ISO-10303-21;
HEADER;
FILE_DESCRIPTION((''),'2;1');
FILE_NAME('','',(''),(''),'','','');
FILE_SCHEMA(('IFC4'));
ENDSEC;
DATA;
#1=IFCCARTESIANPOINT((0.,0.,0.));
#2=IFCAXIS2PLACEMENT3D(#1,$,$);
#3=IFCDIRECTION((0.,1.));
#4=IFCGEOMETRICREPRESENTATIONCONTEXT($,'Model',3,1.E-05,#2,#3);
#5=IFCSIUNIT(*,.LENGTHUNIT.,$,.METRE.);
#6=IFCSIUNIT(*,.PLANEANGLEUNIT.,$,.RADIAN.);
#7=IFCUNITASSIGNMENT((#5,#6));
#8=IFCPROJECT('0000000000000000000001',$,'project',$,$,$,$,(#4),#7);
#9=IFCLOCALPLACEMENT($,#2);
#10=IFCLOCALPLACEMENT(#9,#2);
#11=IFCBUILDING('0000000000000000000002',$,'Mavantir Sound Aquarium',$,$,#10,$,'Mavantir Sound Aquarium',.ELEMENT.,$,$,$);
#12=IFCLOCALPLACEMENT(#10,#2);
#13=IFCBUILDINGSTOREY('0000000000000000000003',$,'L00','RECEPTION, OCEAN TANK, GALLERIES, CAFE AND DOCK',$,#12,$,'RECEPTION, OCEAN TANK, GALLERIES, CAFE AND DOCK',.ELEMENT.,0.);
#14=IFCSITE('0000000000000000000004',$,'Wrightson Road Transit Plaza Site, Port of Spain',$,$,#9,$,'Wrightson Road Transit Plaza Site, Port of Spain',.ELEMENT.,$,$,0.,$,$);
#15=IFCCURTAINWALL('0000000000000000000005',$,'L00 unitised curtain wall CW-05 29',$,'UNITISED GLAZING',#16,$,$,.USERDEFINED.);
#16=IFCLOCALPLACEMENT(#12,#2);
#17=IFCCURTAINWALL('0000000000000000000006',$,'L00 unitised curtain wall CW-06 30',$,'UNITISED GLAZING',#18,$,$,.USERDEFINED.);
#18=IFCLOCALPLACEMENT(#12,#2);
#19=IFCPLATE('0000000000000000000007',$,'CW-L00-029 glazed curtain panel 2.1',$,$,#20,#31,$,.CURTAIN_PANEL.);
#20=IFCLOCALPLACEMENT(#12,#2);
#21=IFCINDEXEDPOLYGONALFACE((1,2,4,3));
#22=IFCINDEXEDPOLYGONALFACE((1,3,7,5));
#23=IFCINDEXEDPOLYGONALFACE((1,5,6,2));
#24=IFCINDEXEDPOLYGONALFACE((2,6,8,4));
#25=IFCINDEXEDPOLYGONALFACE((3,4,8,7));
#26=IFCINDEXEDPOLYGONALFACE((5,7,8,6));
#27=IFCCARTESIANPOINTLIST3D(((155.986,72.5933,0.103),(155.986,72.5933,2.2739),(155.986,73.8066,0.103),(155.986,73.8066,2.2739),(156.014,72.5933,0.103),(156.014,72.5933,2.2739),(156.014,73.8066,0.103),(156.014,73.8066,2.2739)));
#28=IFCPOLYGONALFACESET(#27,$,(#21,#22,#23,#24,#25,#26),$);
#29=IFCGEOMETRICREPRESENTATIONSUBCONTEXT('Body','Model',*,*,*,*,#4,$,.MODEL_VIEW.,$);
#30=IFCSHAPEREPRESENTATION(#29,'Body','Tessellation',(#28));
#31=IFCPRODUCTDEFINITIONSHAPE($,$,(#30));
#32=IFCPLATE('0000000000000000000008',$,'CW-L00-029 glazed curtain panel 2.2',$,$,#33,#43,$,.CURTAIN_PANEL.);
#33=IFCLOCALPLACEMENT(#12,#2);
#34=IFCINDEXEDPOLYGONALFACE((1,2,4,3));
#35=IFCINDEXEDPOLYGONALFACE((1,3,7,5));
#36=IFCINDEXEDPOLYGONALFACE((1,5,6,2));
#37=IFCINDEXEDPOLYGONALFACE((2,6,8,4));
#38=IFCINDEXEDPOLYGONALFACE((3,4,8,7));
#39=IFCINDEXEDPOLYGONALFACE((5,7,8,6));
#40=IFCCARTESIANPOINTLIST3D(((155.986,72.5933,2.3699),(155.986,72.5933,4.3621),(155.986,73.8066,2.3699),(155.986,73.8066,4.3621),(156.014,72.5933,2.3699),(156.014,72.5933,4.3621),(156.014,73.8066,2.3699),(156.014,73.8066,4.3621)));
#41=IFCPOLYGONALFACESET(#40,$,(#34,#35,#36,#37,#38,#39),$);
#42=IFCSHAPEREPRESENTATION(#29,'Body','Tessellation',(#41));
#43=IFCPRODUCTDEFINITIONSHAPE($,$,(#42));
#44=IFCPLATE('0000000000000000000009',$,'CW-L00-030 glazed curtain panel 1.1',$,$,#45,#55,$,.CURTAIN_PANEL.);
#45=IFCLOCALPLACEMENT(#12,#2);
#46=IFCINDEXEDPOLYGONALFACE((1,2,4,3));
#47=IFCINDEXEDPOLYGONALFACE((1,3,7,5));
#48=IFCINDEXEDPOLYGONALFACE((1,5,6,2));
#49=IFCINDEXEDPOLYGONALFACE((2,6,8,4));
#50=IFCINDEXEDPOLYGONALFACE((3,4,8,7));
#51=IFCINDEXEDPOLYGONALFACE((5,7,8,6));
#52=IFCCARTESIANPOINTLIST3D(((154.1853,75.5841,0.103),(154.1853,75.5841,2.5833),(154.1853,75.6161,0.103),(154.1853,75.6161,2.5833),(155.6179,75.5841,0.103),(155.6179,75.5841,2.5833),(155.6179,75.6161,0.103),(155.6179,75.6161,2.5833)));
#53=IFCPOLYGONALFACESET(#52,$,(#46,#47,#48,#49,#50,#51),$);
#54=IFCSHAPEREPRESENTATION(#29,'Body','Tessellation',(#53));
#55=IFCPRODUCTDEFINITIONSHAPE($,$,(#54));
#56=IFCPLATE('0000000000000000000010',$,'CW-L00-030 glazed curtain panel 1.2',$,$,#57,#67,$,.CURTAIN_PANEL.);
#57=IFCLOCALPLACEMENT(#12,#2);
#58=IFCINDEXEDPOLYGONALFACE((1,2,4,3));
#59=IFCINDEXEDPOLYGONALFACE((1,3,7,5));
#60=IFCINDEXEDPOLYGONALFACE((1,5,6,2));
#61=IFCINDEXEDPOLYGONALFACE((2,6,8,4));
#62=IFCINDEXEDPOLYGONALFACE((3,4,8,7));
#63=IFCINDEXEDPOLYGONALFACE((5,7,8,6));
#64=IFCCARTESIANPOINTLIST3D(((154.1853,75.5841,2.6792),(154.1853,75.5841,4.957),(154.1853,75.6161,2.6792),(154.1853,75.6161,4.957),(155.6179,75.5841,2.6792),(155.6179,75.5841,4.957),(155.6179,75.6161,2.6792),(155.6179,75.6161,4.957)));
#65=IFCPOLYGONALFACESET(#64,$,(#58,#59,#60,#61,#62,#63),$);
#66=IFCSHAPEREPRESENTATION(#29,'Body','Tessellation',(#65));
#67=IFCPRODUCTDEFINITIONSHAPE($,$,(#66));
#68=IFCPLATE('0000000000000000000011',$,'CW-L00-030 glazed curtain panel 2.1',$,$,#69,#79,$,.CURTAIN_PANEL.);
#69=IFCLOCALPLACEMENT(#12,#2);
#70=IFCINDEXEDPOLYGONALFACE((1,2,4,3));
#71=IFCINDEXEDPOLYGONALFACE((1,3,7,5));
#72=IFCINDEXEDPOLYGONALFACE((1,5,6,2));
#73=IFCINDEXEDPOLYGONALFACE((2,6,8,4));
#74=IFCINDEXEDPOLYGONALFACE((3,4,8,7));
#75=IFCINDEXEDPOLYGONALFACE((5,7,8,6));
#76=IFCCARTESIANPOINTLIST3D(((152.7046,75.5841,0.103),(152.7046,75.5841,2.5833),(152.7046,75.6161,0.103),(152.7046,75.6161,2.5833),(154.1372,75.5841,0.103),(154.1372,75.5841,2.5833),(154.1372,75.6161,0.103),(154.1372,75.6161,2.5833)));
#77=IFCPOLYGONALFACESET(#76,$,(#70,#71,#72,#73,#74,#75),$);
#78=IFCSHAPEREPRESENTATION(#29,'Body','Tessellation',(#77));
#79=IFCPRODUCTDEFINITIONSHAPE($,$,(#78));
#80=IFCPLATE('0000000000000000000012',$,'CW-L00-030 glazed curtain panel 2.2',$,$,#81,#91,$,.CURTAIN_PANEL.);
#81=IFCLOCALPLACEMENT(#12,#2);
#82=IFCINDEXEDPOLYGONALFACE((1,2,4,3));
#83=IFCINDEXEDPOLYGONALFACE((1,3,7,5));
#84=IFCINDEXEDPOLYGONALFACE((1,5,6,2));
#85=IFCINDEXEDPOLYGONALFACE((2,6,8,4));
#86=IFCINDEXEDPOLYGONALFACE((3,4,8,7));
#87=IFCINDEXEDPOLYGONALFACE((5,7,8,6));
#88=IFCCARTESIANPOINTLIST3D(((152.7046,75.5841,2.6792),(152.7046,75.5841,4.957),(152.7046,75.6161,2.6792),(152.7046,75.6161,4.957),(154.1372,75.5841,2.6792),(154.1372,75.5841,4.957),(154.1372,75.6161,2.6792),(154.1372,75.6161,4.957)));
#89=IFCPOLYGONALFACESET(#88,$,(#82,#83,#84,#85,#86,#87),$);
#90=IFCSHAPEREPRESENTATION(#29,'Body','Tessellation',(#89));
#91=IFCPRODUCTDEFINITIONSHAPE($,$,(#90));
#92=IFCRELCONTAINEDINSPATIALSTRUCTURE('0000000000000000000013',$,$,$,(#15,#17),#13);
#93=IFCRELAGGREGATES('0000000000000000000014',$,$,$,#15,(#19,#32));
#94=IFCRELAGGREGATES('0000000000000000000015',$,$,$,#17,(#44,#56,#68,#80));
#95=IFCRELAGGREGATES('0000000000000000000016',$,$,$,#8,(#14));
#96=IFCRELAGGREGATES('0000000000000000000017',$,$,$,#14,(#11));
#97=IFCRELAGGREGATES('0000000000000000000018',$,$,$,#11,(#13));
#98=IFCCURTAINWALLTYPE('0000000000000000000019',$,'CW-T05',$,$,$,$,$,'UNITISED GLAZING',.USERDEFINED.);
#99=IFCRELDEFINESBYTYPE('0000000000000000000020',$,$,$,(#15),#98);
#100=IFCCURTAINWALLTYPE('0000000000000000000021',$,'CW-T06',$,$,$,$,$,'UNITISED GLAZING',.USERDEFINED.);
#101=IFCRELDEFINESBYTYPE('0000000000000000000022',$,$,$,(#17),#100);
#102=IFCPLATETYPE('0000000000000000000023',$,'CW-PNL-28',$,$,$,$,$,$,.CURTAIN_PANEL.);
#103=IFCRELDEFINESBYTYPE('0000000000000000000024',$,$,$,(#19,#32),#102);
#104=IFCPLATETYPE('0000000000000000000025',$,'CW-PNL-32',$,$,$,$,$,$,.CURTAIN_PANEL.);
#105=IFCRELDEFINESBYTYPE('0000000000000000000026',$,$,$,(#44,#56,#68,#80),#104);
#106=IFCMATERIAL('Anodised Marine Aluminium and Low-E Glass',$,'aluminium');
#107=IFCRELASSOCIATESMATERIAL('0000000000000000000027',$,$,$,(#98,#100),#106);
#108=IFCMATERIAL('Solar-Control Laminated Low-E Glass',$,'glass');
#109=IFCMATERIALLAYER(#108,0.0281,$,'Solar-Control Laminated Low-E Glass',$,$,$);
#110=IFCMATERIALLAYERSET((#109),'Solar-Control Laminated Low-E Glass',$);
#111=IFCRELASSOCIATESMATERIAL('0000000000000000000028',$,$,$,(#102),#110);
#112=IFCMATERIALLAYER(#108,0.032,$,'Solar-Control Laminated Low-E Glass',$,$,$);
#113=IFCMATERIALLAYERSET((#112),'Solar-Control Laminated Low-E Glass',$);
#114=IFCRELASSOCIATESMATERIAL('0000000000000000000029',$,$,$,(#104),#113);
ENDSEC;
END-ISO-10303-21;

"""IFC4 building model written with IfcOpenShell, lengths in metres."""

from ifc_helpers import new_model, si_unit, direction, frame, origin, origin_2d, place, context, subcontext, project, spatial, rectangle, extrude, material, layer, layer_set, type_object, element, aggregate, save


model = new_model("IFC4")

# Units and contexts
model_context = context("Model", 3, precision=1e-05, world=origin(), true_north=direction((0.0, 1.0)))
body_context = subcontext(model_context, "Body", "Model", "MODEL_VIEW")
ifc_project = project(units=[si_unit("LENGTHUNIT", "METRE"), si_unit("PLANEANGLEUNIT", "RADIAN")], contexts=[model_context])

# Site, building, storey
site_placement = place(None, origin())
site = spatial("IfcSite", under=ifc_project, at=site_placement, Name="Wrightson Road Transit Plaza Site, Port of Spain", LongName="Wrightson Road Transit Plaza Site, Port of Spain", CompositionType="ELEMENT", RefElevation=0.0)
building_placement = place(site_placement, origin())
building = spatial("IfcBuilding", under=site, at=building_placement, Name="Mavantir Sound Aquarium", LongName="Mavantir Sound Aquarium", CompositionType="ELEMENT")
storey_placement = place(building_placement, origin())
storey = spatial("IfcBuildingStorey", under=building, at=storey_placement, Name="L00", Description="RECEPTION, OCEAN TANK, GALLERIES, CAFE AND DOCK", LongName="RECEPTION, OCEAN TANK, GALLERIES, CAFE AND DOCK", CompositionType="ELEMENT", Elevation=0.0)

# Curtain walls
ifc_material_1 = material(Name="Anodised Marine Aluminium and Low-E Glass", Category="aluminium")
curtain_wall_type_1 = type_object("IfcCurtainWallType", Name="CW-T05", ElementType="UNITISED GLAZING", PredefinedType="USERDEFINED", material=ifc_material_1)
curtain_wall_1_placement = place(storey_placement, origin())
curtain_wall_1 = element("IfcCurtainWall", 1, at=curtain_wall_1_placement, inside=storey, type_object=curtain_wall_type_1, Name="L00 unitised curtain wall CW-05 29", ObjectType="UNITISED GLAZING", PredefinedType="USERDEFINED")
curtain_wall_type_2 = type_object("IfcCurtainWallType", Name="CW-T06", ElementType="UNITISED GLAZING", PredefinedType="USERDEFINED", material=ifc_material_1)
curtain_wall_2_placement = place(storey_placement, origin())
curtain_wall_2 = element("IfcCurtainWall", 2, at=curtain_wall_2_placement, inside=storey, type_object=curtain_wall_type_2, Name="L00 unitised curtain wall CW-06 30", ObjectType="UNITISED GLAZING", PredefinedType="USERDEFINED")

# Plates
ifc_material_2 = material(Name="Solar-Control Laminated Low-E Glass", Category="glass")
ifc_layer_1 = layer(ifc_material_2, 0.0281, Name="Solar-Control Laminated Low-E Glass")
ifc_layer_set_1 = layer_set([ifc_layer_1], Name="Solar-Control Laminated Low-E Glass")
plate_type_1 = type_object("IfcPlateType", Name="CW-PNL-28", PredefinedType="CURTAIN_PANEL", material=ifc_layer_set_1)
plate_1_placement = place(storey_placement, frame((156.0, 73.2, 0.103), z_axis=(0.0, 0.0, 1.0), x_axis=(0.0, 1.0, 0.0)))
plate_1 = element("IfcPlate", 3, at=plate_1_placement, type_object=plate_type_1, Name="CW-L00-029 glazed curtain panel 2.1", PredefinedType="CURTAIN_PANEL", context=body_context, shape_type="SweptSolid", body=[
    extrude(rectangle(XDim=1.2134, YDim=0.0281, at=origin_2d()), origin(), (0.0, 0.0, 1.0), 2.1709),
])
plate_2_placement = place(storey_placement, frame((156.0, 73.2, 2.3699), z_axis=(0.0, 0.0, 1.0), x_axis=(0.0, 1.0, 0.0)))
plate_2 = element("IfcPlate", 4, at=plate_2_placement, type_object=plate_type_1, Name="CW-L00-029 glazed curtain panel 2.2", PredefinedType="CURTAIN_PANEL", context=body_context, shape_type="SweptSolid", body=[
    extrude(rectangle(XDim=1.2134, YDim=0.0281, at=origin_2d()), origin(), (0.0, 0.0, 1.0), 1.9922),
])
aggregate(curtain_wall_1, [plate_1, plate_2])
ifc_layer_2 = layer(ifc_material_2, 0.032, Name="Solar-Control Laminated Low-E Glass")
ifc_layer_set_2 = layer_set([ifc_layer_2], Name="Solar-Control Laminated Low-E Glass")
plate_type_2 = type_object("IfcPlateType", Name="CW-PNL-32", PredefinedType="CURTAIN_PANEL", material=ifc_layer_set_2)
plate_3_placement = place(storey_placement, frame((154.9016, 75.6001, 0.103), z_axis=(0.0, 0.0, 1.0), x_axis=(-1.0, 0.0, 0.0)))
plate_3 = element("IfcPlate", 5, at=plate_3_placement, type_object=plate_type_2, Name="CW-L00-030 glazed curtain panel 1.1", PredefinedType="CURTAIN_PANEL", context=body_context, shape_type="SweptSolid", body=[
    extrude(rectangle(XDim=1.4326, YDim=0.032, at=origin_2d()), origin(), (0.0, 0.0, 1.0), 2.4802),
])
plate_4_placement = place(storey_placement, frame((154.9016, 75.6001, 2.6792), z_axis=(0.0, 0.0, 1.0), x_axis=(-1.0, 0.0, 0.0)))
plate_4 = element("IfcPlate", 6, at=plate_4_placement, type_object=plate_type_2, Name="CW-L00-030 glazed curtain panel 1.2", PredefinedType="CURTAIN_PANEL", context=body_context, shape_type="SweptSolid", body=[
    extrude(rectangle(XDim=1.4326, YDim=0.032, at=origin_2d()), origin(), (0.0, 0.0, 1.0), 2.2778),
])
plate_5_placement = place(storey_placement, frame((153.4209, 75.6001, 0.103), z_axis=(0.0, 0.0, 1.0), x_axis=(-1.0, 0.0, 0.0)))
plate_5 = element("IfcPlate", 7, at=plate_5_placement, type_object=plate_type_2, Name="CW-L00-030 glazed curtain panel 2.1", PredefinedType="CURTAIN_PANEL", context=body_context, shape_type="SweptSolid", body=[
    extrude(rectangle(XDim=1.4326, YDim=0.032, at=origin_2d()), origin(), (0.0, 0.0, 1.0), 2.4802),
])
plate_6_placement = place(storey_placement, frame((153.4209, 75.6001, 2.6792), z_axis=(0.0, 0.0, 1.0), x_axis=(-1.0, 0.0, 0.0)))
plate_6 = element("IfcPlate", 8, at=plate_6_placement, type_object=plate_type_2, Name="CW-L00-030 glazed curtain panel 2.2", PredefinedType="CURTAIN_PANEL", context=body_context, shape_type="SweptSolid", body=[
    extrude(rectangle(XDim=1.4326, YDim=0.032, at=origin_2d()), origin(), (0.0, 0.0, 1.0), 2.2778),
])
aggregate(curtain_wall_2, [plate_3, plate_4, plate_5, plate_6])

save(model, "model.ifc")
